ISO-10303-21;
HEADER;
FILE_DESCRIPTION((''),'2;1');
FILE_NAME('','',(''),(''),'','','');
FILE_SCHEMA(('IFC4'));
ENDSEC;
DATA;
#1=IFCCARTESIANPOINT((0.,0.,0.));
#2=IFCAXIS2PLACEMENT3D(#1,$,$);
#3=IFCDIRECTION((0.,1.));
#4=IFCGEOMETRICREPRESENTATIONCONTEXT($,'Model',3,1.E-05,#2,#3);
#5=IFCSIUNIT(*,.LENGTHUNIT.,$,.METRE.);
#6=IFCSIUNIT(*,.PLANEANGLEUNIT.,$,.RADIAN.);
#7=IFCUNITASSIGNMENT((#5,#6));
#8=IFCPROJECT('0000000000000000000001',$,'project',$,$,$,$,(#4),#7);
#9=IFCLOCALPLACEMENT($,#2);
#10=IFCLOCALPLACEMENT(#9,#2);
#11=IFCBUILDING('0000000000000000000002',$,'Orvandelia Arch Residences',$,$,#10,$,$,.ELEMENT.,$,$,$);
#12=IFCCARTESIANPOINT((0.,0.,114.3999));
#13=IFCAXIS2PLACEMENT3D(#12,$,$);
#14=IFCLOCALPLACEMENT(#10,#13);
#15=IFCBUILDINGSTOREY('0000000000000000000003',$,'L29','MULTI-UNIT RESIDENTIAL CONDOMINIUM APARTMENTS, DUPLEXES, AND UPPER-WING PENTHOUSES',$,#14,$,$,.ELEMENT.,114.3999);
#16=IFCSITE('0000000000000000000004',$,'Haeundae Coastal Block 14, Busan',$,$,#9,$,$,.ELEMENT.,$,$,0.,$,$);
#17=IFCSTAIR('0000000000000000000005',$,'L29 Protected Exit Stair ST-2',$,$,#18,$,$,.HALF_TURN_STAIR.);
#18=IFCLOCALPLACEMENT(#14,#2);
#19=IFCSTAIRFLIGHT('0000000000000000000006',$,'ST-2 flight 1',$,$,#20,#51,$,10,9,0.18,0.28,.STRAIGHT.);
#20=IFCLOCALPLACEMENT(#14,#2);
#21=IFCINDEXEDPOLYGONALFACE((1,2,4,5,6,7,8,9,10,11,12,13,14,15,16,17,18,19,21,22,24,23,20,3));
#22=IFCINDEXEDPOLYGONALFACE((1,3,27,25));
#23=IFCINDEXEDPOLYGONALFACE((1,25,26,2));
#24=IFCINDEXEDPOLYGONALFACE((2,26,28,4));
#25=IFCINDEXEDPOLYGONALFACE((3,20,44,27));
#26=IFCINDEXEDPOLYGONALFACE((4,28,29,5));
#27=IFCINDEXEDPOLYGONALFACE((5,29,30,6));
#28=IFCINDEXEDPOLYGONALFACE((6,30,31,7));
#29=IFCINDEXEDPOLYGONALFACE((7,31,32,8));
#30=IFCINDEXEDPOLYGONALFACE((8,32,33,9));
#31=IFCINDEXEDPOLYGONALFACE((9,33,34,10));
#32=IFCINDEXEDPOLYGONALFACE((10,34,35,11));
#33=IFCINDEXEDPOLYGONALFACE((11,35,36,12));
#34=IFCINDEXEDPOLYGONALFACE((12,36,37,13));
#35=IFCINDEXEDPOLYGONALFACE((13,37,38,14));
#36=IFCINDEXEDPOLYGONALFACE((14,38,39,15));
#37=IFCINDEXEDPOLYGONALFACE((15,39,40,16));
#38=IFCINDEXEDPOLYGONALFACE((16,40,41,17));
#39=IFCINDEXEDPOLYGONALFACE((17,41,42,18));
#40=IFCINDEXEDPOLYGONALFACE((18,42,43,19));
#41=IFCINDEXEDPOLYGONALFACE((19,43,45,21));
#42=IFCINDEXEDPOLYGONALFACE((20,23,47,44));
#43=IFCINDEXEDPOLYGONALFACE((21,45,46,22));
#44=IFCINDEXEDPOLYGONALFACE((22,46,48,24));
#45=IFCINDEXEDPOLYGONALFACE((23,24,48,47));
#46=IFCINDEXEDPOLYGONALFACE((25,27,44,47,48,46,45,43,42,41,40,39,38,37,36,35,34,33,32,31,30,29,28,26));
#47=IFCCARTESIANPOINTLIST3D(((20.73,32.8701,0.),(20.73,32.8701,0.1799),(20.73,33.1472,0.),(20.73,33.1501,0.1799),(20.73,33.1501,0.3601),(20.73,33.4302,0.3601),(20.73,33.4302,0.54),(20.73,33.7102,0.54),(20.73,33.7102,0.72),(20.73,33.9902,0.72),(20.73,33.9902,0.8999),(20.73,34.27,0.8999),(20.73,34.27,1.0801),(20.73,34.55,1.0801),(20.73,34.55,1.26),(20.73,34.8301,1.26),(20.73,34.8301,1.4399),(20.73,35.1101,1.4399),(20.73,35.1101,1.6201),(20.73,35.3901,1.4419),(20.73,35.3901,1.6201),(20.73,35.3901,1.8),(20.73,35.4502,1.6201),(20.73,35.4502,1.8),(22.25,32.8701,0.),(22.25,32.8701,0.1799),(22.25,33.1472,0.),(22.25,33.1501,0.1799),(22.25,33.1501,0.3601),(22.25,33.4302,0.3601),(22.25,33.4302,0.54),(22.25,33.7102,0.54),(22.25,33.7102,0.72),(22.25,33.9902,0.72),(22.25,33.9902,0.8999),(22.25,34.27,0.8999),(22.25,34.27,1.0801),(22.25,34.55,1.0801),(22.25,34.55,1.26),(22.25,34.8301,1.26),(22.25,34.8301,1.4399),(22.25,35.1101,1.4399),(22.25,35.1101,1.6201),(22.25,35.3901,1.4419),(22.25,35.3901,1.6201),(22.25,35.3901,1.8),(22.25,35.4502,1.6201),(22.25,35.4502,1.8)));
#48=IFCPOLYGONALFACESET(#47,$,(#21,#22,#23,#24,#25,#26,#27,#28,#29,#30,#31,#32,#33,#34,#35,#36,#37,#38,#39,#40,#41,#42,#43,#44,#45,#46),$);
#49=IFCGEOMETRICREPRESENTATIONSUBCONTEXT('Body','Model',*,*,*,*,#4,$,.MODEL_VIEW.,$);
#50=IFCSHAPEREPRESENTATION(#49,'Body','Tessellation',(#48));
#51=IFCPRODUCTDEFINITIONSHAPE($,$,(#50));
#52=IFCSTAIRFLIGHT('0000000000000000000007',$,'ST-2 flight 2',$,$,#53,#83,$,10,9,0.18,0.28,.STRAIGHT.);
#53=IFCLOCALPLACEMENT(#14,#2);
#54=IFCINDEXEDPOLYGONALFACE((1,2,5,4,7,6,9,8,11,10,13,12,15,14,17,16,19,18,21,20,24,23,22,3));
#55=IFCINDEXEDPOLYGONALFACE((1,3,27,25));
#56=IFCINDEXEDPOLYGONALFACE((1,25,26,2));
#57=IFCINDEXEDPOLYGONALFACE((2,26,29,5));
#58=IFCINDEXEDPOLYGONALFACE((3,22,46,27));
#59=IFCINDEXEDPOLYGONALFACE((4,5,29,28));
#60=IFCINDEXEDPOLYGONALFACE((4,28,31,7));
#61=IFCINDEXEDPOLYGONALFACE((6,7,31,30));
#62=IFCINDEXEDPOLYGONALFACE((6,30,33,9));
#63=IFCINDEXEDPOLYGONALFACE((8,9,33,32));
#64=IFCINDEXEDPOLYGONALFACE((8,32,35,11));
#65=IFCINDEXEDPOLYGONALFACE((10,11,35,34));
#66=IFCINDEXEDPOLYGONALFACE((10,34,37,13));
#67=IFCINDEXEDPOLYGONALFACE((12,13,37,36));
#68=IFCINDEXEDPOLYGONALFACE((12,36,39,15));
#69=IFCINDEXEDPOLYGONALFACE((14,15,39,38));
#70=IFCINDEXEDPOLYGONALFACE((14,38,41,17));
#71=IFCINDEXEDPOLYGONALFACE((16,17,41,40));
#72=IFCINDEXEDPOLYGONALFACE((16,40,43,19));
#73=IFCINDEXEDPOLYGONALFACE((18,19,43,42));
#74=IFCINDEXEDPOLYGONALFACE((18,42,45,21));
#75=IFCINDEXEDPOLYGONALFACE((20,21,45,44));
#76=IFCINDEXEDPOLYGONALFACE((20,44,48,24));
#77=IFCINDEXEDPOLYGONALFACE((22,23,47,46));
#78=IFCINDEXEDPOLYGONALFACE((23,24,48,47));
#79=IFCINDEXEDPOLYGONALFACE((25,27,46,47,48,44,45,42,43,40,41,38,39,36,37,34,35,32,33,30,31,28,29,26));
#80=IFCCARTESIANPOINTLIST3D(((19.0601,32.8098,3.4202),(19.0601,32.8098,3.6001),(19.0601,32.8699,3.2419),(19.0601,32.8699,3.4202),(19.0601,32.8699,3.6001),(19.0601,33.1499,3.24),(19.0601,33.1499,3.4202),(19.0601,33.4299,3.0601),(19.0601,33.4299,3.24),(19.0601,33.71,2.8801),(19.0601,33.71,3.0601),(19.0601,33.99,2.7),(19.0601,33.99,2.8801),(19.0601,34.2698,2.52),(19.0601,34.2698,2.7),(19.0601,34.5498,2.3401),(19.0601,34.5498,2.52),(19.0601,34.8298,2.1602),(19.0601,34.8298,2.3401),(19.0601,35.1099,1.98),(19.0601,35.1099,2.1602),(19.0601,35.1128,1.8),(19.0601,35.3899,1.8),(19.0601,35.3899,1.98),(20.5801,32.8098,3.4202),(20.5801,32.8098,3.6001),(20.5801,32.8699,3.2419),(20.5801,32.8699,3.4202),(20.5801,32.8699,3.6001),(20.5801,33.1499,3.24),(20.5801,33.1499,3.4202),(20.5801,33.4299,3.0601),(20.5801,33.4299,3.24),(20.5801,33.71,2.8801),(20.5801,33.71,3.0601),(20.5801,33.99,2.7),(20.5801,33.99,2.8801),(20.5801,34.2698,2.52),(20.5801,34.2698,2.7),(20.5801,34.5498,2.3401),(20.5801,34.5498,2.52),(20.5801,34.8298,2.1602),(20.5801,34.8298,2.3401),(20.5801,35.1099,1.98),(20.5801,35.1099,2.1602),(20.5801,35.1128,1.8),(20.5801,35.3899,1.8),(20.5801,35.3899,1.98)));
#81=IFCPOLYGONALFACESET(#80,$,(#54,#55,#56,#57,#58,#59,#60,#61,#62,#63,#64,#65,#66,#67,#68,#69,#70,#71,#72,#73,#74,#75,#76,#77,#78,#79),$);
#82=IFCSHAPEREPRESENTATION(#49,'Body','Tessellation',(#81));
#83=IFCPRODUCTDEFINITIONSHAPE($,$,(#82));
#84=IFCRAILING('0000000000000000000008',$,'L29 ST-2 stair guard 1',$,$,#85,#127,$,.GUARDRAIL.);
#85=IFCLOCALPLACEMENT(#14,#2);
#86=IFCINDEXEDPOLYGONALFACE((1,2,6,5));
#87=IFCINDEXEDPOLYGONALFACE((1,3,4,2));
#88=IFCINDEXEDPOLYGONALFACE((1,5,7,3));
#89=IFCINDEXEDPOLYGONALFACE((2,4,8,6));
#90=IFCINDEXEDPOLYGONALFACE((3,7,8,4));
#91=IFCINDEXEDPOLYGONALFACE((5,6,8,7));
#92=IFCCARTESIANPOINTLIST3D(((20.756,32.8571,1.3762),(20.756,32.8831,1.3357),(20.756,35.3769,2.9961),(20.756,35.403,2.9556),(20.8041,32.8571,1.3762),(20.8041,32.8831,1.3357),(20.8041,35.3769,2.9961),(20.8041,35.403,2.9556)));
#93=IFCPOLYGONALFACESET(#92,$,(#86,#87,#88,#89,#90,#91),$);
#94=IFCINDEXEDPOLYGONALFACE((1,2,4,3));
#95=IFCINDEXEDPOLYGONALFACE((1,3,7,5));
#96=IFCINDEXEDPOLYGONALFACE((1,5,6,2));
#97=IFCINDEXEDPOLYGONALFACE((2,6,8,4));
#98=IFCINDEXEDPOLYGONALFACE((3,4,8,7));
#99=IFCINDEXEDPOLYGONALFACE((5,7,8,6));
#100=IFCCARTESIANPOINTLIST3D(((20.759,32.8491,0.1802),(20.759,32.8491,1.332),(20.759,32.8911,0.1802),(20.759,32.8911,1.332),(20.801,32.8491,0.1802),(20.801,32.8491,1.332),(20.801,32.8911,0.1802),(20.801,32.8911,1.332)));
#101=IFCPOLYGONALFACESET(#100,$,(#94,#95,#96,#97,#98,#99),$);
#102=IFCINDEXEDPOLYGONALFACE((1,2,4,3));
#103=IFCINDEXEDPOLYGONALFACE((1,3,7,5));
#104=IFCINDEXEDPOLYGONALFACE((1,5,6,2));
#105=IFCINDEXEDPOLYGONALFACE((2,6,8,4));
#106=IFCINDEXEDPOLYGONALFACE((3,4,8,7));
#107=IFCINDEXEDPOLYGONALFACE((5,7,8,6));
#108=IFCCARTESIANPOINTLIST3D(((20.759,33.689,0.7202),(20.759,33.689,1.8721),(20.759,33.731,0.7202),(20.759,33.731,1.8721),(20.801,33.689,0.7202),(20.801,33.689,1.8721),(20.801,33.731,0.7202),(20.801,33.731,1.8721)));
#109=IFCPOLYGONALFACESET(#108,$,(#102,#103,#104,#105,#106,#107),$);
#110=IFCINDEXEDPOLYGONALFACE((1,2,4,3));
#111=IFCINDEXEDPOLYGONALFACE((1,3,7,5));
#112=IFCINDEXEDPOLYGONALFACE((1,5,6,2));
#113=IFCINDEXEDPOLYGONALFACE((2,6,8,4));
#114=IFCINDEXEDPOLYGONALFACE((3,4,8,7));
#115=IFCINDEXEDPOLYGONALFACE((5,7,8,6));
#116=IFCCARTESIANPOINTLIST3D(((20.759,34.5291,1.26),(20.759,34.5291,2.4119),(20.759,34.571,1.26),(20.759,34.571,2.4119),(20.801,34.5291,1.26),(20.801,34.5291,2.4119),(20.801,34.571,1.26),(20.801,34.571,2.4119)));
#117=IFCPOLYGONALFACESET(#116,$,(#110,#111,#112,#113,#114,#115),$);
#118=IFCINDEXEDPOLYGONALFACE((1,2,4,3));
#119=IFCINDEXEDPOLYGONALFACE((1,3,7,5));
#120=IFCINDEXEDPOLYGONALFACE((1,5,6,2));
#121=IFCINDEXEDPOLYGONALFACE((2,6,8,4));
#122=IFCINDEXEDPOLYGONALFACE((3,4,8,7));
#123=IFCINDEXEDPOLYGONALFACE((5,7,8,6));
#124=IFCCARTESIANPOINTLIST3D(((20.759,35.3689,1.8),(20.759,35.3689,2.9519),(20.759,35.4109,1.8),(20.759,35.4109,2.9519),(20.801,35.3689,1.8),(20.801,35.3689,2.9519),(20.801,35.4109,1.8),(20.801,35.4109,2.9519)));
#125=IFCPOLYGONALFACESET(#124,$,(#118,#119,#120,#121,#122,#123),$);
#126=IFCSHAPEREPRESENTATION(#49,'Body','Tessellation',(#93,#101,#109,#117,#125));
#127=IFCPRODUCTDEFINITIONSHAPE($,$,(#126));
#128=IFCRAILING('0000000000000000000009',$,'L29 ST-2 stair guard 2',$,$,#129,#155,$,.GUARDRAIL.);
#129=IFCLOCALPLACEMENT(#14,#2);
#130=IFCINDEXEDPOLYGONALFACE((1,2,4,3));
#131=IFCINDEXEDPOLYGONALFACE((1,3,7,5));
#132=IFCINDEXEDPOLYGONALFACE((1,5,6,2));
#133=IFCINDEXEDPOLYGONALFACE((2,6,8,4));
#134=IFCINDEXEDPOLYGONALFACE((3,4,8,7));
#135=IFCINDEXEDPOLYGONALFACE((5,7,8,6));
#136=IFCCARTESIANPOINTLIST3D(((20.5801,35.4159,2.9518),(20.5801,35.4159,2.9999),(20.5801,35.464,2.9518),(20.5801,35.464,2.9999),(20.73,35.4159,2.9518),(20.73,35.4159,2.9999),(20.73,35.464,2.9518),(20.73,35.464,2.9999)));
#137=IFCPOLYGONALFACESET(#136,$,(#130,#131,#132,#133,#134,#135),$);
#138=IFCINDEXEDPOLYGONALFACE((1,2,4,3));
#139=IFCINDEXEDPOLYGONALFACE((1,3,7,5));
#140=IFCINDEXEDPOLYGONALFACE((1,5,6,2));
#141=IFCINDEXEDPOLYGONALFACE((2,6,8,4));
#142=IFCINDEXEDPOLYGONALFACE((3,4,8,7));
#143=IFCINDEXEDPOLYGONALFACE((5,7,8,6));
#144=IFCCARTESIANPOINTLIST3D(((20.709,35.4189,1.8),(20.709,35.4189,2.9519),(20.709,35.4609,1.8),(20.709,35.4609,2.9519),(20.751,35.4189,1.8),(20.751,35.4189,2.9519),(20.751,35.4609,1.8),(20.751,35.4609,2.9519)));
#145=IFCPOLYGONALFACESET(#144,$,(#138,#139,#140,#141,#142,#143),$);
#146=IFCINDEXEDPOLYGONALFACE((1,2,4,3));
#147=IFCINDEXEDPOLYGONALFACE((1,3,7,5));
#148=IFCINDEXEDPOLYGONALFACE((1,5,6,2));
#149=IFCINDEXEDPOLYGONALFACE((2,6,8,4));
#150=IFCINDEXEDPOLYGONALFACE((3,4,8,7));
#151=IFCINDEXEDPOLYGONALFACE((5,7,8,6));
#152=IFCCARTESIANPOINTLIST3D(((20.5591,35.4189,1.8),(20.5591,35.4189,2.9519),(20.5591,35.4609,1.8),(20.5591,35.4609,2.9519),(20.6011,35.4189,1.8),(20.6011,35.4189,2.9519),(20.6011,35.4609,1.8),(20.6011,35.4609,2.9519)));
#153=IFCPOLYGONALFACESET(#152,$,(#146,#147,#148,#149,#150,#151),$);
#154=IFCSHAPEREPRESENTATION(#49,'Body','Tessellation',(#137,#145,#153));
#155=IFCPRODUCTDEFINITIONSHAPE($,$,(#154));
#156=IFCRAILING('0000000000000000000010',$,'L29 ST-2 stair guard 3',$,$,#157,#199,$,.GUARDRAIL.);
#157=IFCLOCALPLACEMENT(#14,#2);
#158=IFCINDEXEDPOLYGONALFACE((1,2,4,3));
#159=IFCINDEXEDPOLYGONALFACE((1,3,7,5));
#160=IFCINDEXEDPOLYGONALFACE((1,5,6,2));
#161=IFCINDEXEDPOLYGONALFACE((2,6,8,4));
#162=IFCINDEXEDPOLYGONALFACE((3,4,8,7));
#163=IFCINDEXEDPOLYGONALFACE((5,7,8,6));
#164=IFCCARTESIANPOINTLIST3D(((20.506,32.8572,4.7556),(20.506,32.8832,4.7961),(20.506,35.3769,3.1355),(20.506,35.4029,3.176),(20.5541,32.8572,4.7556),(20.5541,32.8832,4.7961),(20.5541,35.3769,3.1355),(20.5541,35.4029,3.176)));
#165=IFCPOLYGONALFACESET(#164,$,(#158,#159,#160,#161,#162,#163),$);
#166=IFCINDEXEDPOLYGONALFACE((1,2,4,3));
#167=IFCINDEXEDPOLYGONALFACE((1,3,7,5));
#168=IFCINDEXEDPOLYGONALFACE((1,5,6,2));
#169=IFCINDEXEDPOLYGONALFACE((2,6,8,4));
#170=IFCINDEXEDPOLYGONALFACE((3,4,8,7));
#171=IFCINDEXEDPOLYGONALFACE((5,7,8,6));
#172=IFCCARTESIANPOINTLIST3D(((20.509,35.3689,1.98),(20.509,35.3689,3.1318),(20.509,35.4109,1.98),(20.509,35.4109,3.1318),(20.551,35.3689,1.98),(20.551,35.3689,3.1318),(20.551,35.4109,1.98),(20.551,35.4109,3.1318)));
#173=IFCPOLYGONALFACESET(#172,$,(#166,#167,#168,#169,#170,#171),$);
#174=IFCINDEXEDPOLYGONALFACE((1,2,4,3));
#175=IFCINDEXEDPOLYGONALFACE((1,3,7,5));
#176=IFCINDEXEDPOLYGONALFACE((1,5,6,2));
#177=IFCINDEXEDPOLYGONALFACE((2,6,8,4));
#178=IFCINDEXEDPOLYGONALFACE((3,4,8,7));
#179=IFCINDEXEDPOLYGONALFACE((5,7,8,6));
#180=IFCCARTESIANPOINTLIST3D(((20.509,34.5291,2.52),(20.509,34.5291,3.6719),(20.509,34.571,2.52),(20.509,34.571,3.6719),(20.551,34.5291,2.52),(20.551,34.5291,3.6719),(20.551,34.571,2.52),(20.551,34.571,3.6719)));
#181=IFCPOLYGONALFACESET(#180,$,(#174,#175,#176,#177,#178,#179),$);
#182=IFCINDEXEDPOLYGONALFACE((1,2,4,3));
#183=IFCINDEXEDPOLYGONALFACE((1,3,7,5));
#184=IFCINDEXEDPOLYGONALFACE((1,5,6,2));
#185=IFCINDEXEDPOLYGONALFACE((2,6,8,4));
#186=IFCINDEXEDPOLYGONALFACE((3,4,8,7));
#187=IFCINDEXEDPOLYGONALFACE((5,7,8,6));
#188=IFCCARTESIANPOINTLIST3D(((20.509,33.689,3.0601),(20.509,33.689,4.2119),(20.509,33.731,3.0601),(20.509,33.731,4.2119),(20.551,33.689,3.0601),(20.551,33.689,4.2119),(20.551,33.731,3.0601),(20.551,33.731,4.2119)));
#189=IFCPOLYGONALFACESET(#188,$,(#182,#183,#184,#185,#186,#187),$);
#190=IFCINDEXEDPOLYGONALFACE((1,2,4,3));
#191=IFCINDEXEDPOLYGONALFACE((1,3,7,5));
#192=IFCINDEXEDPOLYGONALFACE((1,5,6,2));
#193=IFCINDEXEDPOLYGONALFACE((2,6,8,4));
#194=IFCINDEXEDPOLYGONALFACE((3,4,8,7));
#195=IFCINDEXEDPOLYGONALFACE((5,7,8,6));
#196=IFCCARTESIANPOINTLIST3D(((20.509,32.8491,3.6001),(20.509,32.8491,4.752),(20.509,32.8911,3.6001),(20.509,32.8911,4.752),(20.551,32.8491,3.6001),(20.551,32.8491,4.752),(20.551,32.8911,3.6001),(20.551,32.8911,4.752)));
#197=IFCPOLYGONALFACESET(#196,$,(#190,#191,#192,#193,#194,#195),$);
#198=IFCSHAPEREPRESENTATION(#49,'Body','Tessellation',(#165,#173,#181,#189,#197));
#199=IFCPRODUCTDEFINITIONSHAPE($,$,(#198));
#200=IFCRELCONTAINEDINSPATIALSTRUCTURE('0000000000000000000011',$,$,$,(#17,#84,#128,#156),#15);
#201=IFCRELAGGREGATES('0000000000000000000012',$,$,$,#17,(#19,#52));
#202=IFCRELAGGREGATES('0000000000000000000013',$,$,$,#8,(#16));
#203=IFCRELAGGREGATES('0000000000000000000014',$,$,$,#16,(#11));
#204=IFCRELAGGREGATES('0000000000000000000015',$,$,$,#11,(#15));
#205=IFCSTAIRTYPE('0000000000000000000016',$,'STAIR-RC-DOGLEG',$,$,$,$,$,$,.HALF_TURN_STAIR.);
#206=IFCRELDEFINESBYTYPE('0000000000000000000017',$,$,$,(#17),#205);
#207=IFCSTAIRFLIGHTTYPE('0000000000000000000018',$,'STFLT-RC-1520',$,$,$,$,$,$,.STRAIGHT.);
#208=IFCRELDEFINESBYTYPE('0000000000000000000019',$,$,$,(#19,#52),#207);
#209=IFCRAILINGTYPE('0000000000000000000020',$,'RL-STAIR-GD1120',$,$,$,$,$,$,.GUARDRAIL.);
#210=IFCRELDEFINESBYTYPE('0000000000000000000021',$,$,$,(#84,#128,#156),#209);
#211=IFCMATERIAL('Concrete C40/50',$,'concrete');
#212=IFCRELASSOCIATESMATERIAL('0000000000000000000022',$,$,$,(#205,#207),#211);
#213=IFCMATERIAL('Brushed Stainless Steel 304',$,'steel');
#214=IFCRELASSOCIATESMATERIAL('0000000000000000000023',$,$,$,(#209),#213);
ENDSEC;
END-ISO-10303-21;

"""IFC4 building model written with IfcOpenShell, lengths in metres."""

from ifc_helpers import new_model, si_unit, direction, frame, origin, origin_2d, place, context, subcontext, project, spatial, polyline, rectangle, outline, extrude, material, type_object, element, aggregate, save


model = new_model("IFC4")

# Units and contexts
model_context = context("Model", 3, precision=1e-05, world=origin(), true_north=direction((0.0, 1.0)))
body_context = subcontext(model_context, "Body", "Model", "MODEL_VIEW")
ifc_project = project(units=[si_unit("LENGTHUNIT", "METRE"), si_unit("PLANEANGLEUNIT", "RADIAN")], contexts=[model_context])

# Site, building, storey
site_placement = place(None, origin())
site = spatial("IfcSite", under=ifc_project, at=site_placement, Name="Haeundae Coastal Block 14, Busan", CompositionType="ELEMENT", RefElevation=0.0)
building_placement = place(site_placement, origin())
building = spatial("IfcBuilding", under=site, at=building_placement, Name="Orvandelia Arch Residences", CompositionType="ELEMENT")
storey_placement = place(building_placement, frame((0.0, 0.0, 114.3999)))
storey = spatial("IfcBuildingStorey", under=building, at=storey_placement, Name="L29", Description="MULTI-UNIT RESIDENTIAL CONDOMINIUM APARTMENTS, DUPLEXES, AND UPPER-WING PENTHOUSES", CompositionType="ELEMENT", Elevation=114.3999)

# Stair, stair flights
ifc_material_1 = material(Name="Concrete C40/50", Category="concrete")
stair_type = type_object("IfcStairType", Name="STAIR-RC-DOGLEG", PredefinedType="HALF_TURN_STAIR", material=ifc_material_1)
stair_placement = place(storey_placement, origin())
stair = element("IfcStair", 1, at=stair_placement, inside=storey, type_object=stair_type, Name="L29 Protected Exit Stair ST-2", PredefinedType="HALF_TURN_STAIR")
stair_flight_type = type_object("IfcStairFlightType", Name="STFLT-RC-1520", PredefinedType="STRAIGHT", material=ifc_material_1)
stair_flight_1_placement = place(storey_placement, frame((21.49, 32.8701, 0.0), z_axis=(0.0, 0.0, 1.0), x_axis=(0.0, 1.0, 0.0)))
stair_flight_1 = element("IfcStairFlight", 2, at=stair_flight_1_placement, type_object=stair_flight_type, Name="ST-2 flight 1", NumberOfRisers=10, NumberOfTreads=9, PredefinedType="STRAIGHT", RiserHeight=0.18, TreadLength=0.28, context=body_context, shape_type="SweptSolid", body=[
    extrude(outline(polyline([(0.0, 0.0), (0.0, 0.1799), (0.28, 0.1799), (0.28, 0.3601), (0.5601, 0.3601), (0.5601, 0.54), (0.8401, 0.54), (0.8401, 0.72), (1.1201, 0.72), (1.1201, 0.8999), (1.3999, 0.8999), (1.3999, 1.0801), (1.6799, 1.0801), (1.6799, 1.26), (1.96, 1.26), (1.96, 1.4399), (2.24, 1.4399), (2.24, 1.6201), (2.52, 1.6201), (2.52, 1.8), (2.5801, 1.8), (2.5801, 1.6201), (2.52, 1.4419), (0.2771, 0.0), (0.0, 0.0)])), frame((0.0, 0.76, 0.0), z_axis=(0.0, -1.0, 0.0), x_axis=(1.0, 0.0, 0.0)), (0.0, 0.0, 1.0), 1.52),
])
stair_flight_2_placement = place(storey_placement, frame((19.8201, 35.3899, 1.8), z_axis=(0.0, 0.0, 1.0), x_axis=(0.0, -1.0, 0.0)))
stair_flight_2 = element("IfcStairFlight", 3, at=stair_flight_2_placement, type_object=stair_flight_type, Name="ST-2 flight 2", NumberOfRisers=10, NumberOfTreads=9, PredefinedType="STRAIGHT", RiserHeight=0.18, TreadLength=0.28, context=body_context, shape_type="SweptSolid", body=[
    extrude(outline(polyline([(0.0, 0.0), (0.0, 0.1799), (0.28, 0.1799), (0.28, 0.3601), (0.5601, 0.3601), (0.5601, 0.54), (0.8401, 0.54), (0.8401, 0.72), (1.1201, 0.72), (1.1201, 0.8999), (1.3999, 0.8999), (1.3999, 1.0801), (1.6799, 1.0801), (1.6799, 1.26), (1.96, 1.26), (1.96, 1.4399), (2.24, 1.4399), (2.24, 1.6201), (2.52, 1.6201), (2.52, 1.8), (2.5801, 1.8), (2.5801, 1.6201), (2.52, 1.4419), (0.2771, 0.0), (0.0, 0.0)])), frame((0.0, 0.76, 0.0), z_axis=(0.0, -1.0, 0.0), x_axis=(1.0, 0.0, 0.0)), (0.0, 0.0, 1.0), 1.52),
])
aggregate(stair, [stair_flight_1, stair_flight_2])

# Railings
ifc_material_2 = material(Name="Brushed Stainless Steel 304", Category="steel")
railing_type_1 = type_object("IfcRailingType", Name="RL-STAIR-GD1120", PredefinedType="GUARDRAIL", material=ifc_material_2)
railing_1_placement = place(storey_placement, frame((20.78, 32.8701, 0.1802)))
element("IfcRailing", 4, at=railing_1_placement, inside=storey, type_object=railing_type_1, Name="L29 ST-2 stair guard 1", PredefinedType="GUARDRAIL", context=body_context, shape_type="SweptSolid", body=[
    extrude(rectangle(XDim=0.0481, YDim=0.0481, at=origin_2d()), frame((0.0, 0.0, 1.1758), z_axis=(0.0, 0.841176, 0.540762), x_axis=(-1.0, 0.0, 0.0)), (0.0, 0.0, 1.0), 2.9956),
    extrude(rectangle(XDim=0.042, YDim=0.042, at=origin_2d()), origin(), (0.0, 0.0, 1.0), 1.1519),
    extrude(rectangle(XDim=0.042, YDim=0.042, at=origin_2d()), frame((0.0, 0.8398, 0.54)), (0.0, 0.0, 1.0), 1.1519),
    extrude(rectangle(XDim=0.042, YDim=0.042, at=origin_2d()), frame((0.0, 1.6799, 1.0798)), (0.0, 0.0, 1.0), 1.1519),
    extrude(rectangle(XDim=0.042, YDim=0.042, at=origin_2d()), frame((0.0, 2.5198, 1.6199)), (0.0, 0.0, 1.0), 1.1519),
])
railing_2_placement = place(storey_placement, frame((20.73, 35.4399, 1.8)))
element("IfcRailing", 5, at=railing_2_placement, inside=storey, type_object=railing_type_1, Name="L29 ST-2 stair guard 2", PredefinedType="GUARDRAIL", context=body_context, shape_type="SweptSolid", body=[
    extrude(rectangle(XDim=0.0481, YDim=0.0481, at=origin_2d()), frame((0.0, 0.0, 1.1758), z_axis=(-1.0, 0.0, 0.0), x_axis=(0.0, -1.0, 0.0)), (0.0, 0.0, 1.0), 0.1499),
    extrude(rectangle(XDim=0.042, YDim=0.042, at=origin_2d()), origin(), (0.0, 0.0, 1.0), 1.1519),
    extrude(rectangle(XDim=0.042, YDim=0.042, at=origin_2d()), frame((-0.1499, 0.0, 0.0)), (0.0, 0.0, 1.0), 1.1519),
])
railing_3_placement = place(storey_placement, frame((20.53, 35.3899, 1.98)))
element("IfcRailing", 6, at=railing_3_placement, inside=storey, type_object=railing_type_1, Name="L29 ST-2 stair guard 3", PredefinedType="GUARDRAIL", context=body_context, shape_type="SweptSolid", body=[
    extrude(rectangle(XDim=0.0481, YDim=0.0481, at=origin_2d()), frame((0.0, 0.0, 1.1758), z_axis=(0.0, -0.841139, 0.540819), x_axis=(1.0, 0.0, 0.0)), (0.0, 0.0, 1.0), 2.9956),
    extrude(rectangle(XDim=0.042, YDim=0.042, at=origin_2d()), origin(), (0.0, 0.0, 1.0), 1.1519),
    extrude(rectangle(XDim=0.042, YDim=0.042, at=origin_2d()), frame((0.0, -0.8398, 0.54)), (0.0, 0.0, 1.0), 1.1519),
    extrude(rectangle(XDim=0.042, YDim=0.042, at=origin_2d()), frame((0.0, -1.6799, 1.0801)), (0.0, 0.0, 1.0), 1.1519),
    extrude(rectangle(XDim=0.042, YDim=0.042, at=origin_2d()), frame((0.0, -2.5198, 1.6201)), (0.0, 0.0, 1.0), 1.1519),
])

save(model, "model.ifc")
